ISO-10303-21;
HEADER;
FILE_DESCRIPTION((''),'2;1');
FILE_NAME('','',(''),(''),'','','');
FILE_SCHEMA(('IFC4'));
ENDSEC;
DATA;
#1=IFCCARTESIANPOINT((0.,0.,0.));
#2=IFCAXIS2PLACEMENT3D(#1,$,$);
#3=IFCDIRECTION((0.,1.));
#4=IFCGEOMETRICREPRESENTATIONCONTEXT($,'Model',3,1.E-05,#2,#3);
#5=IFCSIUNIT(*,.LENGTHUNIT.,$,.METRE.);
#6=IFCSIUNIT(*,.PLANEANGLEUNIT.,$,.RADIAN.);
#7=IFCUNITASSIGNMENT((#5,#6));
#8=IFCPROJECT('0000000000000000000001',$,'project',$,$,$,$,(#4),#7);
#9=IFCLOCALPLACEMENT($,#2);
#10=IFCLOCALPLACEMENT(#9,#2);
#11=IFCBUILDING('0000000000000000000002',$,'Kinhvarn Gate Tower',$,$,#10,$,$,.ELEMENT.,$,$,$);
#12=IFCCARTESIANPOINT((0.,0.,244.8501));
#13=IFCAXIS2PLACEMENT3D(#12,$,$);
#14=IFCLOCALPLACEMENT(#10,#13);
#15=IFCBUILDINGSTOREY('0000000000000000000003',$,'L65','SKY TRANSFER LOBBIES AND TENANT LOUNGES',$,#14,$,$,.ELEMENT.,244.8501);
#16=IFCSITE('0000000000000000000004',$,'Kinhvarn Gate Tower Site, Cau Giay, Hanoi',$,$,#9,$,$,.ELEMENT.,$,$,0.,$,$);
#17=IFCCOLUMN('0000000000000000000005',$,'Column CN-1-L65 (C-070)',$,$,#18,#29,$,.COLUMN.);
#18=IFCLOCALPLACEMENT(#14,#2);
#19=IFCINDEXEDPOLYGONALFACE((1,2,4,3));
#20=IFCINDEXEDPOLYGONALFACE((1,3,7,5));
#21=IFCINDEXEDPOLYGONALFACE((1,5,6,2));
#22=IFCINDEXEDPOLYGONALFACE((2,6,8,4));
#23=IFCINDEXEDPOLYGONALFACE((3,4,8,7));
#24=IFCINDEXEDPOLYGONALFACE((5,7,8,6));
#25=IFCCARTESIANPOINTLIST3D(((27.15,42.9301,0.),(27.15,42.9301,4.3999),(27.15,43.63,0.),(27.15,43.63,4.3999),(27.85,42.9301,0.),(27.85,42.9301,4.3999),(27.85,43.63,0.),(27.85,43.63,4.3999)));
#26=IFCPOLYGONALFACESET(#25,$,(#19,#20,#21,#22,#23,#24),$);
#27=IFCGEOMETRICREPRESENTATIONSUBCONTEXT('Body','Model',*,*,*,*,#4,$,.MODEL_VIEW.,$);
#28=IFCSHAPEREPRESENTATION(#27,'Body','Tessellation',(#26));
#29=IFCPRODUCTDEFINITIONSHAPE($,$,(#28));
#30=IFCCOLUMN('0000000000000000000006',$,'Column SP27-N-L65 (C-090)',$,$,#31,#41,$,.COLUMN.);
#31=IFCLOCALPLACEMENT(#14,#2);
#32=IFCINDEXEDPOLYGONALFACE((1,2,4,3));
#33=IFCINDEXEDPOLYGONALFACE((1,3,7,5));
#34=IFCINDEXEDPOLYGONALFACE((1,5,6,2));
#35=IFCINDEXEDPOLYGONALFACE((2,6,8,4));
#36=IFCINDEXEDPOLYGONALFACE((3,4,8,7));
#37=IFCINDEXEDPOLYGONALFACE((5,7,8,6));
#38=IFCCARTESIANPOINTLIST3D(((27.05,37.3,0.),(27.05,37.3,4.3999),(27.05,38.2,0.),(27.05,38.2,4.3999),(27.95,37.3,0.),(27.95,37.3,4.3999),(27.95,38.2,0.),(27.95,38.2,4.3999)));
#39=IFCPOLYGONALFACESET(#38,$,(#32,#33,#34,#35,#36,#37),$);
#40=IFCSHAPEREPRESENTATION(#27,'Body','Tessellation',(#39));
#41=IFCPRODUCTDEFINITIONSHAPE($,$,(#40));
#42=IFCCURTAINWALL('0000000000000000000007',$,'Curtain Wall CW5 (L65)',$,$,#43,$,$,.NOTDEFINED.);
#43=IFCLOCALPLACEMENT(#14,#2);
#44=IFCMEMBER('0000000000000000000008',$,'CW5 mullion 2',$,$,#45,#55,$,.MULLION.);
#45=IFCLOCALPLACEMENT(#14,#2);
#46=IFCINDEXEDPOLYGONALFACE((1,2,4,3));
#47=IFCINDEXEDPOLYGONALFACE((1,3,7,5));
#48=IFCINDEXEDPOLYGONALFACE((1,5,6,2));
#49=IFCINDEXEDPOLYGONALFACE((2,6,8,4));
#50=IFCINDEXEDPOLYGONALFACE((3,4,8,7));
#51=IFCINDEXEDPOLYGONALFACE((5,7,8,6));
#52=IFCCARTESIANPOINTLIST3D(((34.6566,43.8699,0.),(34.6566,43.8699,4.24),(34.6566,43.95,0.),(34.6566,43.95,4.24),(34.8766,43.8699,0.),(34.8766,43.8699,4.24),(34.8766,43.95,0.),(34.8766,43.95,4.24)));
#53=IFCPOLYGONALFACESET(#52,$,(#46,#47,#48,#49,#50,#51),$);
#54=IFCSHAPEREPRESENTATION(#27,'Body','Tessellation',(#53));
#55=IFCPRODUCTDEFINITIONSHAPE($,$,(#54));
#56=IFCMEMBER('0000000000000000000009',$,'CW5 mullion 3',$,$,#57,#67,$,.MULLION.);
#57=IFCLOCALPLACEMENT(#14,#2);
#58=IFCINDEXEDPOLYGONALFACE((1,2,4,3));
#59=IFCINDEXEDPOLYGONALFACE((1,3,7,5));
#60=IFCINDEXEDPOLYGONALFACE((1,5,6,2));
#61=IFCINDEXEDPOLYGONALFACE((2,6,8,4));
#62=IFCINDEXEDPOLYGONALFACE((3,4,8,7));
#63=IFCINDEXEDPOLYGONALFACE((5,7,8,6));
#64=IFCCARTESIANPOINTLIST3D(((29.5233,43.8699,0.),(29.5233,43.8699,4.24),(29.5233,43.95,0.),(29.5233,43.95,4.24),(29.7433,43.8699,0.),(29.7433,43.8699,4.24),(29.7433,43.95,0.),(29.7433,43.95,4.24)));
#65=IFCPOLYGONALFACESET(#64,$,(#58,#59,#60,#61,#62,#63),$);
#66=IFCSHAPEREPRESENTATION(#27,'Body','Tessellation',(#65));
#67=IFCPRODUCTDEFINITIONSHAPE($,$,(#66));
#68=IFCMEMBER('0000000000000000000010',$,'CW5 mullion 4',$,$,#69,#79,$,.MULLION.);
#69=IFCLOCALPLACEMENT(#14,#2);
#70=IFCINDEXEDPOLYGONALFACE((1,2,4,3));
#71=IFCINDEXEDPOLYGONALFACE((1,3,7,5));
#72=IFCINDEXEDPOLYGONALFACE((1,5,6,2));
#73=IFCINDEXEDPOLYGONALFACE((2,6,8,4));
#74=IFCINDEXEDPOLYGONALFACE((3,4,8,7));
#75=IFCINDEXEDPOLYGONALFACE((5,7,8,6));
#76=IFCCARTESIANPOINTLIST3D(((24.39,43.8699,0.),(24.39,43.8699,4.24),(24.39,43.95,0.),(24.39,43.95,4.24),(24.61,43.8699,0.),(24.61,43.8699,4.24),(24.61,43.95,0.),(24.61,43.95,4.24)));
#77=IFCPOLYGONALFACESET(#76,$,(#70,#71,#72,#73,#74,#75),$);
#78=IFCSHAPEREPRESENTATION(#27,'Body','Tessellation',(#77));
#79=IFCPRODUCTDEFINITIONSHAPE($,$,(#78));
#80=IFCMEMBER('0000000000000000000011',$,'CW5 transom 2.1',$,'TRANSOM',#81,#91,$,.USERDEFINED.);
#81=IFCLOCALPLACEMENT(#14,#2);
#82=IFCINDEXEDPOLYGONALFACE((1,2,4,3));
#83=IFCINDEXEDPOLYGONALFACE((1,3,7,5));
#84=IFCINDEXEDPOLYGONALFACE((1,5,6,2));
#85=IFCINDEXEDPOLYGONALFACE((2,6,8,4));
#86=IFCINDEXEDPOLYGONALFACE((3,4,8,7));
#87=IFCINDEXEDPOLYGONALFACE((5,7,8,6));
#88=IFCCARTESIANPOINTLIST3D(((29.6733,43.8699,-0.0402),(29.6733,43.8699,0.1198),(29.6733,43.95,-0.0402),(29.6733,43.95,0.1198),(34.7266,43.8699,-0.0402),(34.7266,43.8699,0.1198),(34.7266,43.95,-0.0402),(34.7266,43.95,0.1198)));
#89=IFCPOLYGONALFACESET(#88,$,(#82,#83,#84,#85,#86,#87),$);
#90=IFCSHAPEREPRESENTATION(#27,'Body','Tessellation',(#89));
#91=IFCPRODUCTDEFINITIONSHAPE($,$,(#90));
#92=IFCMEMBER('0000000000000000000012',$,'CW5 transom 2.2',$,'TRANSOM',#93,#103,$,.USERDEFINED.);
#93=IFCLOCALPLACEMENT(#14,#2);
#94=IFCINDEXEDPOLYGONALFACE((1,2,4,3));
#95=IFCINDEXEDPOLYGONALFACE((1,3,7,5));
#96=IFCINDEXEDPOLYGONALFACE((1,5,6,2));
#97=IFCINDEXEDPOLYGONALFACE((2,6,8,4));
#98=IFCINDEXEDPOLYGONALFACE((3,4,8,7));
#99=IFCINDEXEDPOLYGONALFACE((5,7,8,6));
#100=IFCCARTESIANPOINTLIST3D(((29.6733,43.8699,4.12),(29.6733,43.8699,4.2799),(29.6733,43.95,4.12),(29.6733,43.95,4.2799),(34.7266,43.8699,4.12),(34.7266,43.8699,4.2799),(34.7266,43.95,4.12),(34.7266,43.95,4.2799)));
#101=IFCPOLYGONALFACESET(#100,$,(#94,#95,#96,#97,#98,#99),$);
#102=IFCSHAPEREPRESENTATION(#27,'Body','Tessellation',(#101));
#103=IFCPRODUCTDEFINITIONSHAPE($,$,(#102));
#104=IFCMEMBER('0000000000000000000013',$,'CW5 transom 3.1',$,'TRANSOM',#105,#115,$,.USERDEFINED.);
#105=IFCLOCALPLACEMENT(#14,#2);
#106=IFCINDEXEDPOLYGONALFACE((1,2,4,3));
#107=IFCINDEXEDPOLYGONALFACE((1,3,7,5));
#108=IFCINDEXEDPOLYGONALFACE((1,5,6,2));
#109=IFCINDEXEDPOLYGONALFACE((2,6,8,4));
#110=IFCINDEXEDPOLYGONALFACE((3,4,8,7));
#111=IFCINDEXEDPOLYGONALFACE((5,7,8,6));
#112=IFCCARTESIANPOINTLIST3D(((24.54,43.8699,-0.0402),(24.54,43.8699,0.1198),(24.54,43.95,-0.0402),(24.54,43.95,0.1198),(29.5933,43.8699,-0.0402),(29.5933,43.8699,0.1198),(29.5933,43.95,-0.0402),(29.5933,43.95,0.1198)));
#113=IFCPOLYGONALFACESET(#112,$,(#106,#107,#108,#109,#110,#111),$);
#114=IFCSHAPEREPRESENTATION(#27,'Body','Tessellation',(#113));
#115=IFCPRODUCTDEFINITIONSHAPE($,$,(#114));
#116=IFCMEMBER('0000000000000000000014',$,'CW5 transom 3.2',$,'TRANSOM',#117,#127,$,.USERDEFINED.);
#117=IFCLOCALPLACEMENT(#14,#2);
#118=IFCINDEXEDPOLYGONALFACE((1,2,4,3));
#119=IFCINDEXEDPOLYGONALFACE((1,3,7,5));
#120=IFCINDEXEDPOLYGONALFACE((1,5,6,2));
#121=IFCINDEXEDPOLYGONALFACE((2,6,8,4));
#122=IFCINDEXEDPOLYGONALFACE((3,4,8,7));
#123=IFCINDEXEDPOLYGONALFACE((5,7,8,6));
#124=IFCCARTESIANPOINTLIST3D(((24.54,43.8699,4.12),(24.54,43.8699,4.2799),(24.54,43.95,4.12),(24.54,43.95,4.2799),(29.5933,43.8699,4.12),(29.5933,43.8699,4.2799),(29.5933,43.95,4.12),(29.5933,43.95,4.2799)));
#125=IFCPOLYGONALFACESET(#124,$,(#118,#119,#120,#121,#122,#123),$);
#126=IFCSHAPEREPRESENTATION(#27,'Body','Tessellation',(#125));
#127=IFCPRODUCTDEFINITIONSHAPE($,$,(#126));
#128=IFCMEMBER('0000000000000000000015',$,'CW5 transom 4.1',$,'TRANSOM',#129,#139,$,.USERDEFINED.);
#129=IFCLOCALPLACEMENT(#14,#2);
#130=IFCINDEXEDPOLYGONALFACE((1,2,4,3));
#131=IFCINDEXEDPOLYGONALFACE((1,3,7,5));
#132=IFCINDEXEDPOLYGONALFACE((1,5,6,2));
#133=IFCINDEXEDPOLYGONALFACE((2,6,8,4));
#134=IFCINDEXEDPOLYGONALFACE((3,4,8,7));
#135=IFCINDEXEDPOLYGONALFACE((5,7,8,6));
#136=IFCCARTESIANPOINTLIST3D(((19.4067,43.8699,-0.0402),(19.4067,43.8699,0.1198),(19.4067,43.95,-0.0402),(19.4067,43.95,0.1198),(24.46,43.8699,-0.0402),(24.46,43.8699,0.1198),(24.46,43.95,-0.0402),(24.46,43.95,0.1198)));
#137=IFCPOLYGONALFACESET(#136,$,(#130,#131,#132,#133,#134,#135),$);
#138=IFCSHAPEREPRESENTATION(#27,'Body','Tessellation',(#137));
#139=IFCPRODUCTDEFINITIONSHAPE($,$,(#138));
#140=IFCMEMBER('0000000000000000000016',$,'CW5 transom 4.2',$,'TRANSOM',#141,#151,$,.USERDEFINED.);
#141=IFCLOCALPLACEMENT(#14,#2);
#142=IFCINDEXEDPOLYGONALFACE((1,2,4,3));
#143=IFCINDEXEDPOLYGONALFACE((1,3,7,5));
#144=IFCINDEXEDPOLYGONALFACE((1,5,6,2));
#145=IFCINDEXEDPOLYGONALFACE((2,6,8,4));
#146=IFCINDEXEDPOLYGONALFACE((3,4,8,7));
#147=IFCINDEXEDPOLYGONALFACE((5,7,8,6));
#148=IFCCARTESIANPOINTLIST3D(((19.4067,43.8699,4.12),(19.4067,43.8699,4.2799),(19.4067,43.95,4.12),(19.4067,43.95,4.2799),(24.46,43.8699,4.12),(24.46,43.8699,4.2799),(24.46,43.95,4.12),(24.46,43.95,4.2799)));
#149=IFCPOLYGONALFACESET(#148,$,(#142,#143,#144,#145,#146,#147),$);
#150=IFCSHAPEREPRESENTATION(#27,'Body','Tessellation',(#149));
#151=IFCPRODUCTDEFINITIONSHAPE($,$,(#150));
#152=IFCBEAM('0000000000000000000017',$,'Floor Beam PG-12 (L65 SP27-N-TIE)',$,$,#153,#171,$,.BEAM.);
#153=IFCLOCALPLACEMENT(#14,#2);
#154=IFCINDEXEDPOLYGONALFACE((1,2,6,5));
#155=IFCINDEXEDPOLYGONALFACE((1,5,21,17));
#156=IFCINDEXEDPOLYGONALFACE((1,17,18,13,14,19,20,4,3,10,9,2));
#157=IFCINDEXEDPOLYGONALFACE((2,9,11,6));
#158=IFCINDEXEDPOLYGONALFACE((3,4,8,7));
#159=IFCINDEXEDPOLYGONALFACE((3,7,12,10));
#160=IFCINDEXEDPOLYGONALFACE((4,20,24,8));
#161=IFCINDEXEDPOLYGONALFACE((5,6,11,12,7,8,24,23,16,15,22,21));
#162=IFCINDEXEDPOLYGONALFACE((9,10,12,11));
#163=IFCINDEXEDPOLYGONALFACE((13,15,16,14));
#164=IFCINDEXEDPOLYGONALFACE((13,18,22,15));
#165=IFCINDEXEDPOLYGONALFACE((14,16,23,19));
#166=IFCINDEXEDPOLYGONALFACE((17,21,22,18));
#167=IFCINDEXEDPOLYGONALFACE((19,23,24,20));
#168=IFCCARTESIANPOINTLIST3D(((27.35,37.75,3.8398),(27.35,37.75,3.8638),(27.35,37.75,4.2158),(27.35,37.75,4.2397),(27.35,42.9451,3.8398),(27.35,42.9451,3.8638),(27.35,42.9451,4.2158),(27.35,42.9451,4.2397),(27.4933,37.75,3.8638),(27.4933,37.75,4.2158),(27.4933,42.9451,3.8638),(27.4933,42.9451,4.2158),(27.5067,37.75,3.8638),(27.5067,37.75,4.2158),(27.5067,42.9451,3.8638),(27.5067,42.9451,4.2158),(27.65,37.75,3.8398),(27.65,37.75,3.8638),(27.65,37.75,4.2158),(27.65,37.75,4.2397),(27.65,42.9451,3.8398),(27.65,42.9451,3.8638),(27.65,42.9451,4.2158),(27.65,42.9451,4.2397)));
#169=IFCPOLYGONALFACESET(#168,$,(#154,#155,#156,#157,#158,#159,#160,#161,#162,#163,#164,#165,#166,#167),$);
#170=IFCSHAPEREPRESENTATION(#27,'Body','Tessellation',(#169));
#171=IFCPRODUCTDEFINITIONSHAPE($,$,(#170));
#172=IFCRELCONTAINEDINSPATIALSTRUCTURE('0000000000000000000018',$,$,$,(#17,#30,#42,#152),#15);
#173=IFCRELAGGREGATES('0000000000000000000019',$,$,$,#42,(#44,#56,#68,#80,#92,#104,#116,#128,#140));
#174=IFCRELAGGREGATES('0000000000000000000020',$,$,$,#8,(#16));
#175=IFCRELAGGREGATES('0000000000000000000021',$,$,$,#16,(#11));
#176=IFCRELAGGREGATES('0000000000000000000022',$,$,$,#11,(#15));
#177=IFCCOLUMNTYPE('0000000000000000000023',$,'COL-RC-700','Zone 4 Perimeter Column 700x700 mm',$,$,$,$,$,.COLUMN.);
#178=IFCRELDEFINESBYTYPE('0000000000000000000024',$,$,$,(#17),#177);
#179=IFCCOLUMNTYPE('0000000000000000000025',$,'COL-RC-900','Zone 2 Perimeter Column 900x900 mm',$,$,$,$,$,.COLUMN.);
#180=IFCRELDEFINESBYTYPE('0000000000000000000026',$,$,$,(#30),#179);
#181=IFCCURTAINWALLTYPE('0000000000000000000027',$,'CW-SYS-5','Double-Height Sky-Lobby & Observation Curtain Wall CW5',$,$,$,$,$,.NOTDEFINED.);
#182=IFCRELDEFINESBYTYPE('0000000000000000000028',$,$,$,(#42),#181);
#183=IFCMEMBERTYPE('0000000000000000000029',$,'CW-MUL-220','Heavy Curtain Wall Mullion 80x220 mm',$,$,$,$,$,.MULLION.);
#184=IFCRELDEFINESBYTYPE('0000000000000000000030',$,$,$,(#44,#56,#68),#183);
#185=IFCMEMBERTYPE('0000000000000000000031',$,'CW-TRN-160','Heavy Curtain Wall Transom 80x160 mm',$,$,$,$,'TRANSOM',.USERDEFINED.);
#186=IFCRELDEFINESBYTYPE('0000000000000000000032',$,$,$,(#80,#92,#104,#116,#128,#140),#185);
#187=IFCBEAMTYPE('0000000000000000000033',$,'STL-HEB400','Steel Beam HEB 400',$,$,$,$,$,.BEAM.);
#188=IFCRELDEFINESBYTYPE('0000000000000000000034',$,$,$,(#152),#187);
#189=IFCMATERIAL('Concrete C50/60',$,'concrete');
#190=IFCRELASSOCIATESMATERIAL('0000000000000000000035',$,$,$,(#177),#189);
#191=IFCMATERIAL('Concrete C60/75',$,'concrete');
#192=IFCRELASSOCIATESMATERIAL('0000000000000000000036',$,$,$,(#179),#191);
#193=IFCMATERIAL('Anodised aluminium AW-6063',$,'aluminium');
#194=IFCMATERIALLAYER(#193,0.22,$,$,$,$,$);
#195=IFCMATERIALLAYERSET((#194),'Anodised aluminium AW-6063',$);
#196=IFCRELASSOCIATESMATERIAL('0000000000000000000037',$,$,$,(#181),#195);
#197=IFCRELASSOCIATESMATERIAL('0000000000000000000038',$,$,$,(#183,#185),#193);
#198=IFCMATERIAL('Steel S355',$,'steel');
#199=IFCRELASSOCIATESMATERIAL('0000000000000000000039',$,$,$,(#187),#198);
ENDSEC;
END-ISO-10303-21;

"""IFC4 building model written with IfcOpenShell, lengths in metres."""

from ifc_helpers import new_model, si_unit, direction, frame, origin, origin_2d, place, context, subcontext, project, spatial, rectangle, i_section, extrude, material, layer, layer_set, material_profile, profile_set, type_object, element, aggregate, save


model = new_model("IFC4")

# Units and contexts
model_context = context("Model", 3, precision=1e-05, world=origin(), true_north=direction((0.0, 1.0)))
body_context = subcontext(model_context, "Body", "Model", "MODEL_VIEW")
ifc_project = project(units=[si_unit("LENGTHUNIT", "METRE"), si_unit("PLANEANGLEUNIT", "RADIAN")], contexts=[model_context])

# Site, building, storey
site_placement = place(None, origin())
site = spatial("IfcSite", under=ifc_project, at=site_placement, Name="Kinhvarn Gate Tower Site, Cau Giay, Hanoi", CompositionType="ELEMENT", RefElevation=0.0)
building_placement = place(site_placement, origin())
building = spatial("IfcBuilding", under=site, at=building_placement, Name="Kinhvarn Gate Tower", CompositionType="ELEMENT")
storey_placement = place(building_placement, frame((0.0, 0.0, 244.8501)))
storey = spatial("IfcBuildingStorey", under=building, at=storey_placement, Name="L65", Description="SKY TRANSFER LOBBIES AND TENANT LOUNGES", CompositionType="ELEMENT", Elevation=244.8501)

# Columns
ifc_material_1 = material(Name="Concrete C50/60", Category="concrete")
ifc_material_profile_1 = material_profile(ifc_material_1, rectangle(XDim=0.7, YDim=0.7, at=origin_2d()), Name="RC 700x700")
ifc_profile_set_1 = profile_set([ifc_material_profile_1], Name="Concrete C50/60")
column_type_1 = type_object("IfcColumnType", Name="COL-RC-700", Description="Zone 4 Perimeter Column 700x700 mm", PredefinedType="COLUMN", material=ifc_profile_set_1)
column_1_placement = place(storey_placement, frame((27.5, 43.28, 0.0), z_axis=(0.0, 0.0, 1.0), x_axis=(1.0, 0.0, 0.0)))
element("IfcColumn", 1, at=column_1_placement, inside=storey, type_object=column_type_1, Name="Column CN-1-L65 (C-070)", PredefinedType="COLUMN", context=body_context, shape_type="SweptSolid", body=[
    extrude(rectangle(XDim=0.7, YDim=0.7, at=origin_2d()), origin(), (0.0, 0.0, 1.0), 4.3999),
])
ifc_material_2 = material(Name="Concrete C60/75", Category="concrete")
ifc_material_profile_2 = material_profile(ifc_material_2, rectangle(XDim=0.8999, YDim=0.8999, at=origin_2d()), Name="RC 900x900")
ifc_profile_set_2 = profile_set([ifc_material_profile_2], Name="Concrete C60/75")
column_type_2 = type_object("IfcColumnType", Name="COL-RC-900", Description="Zone 2 Perimeter Column 900x900 mm", PredefinedType="COLUMN", material=ifc_profile_set_2)
column_2_placement = place(storey_placement, frame((27.5, 37.75, 0.0), z_axis=(0.0, 0.0, 1.0), x_axis=(1.0, 0.0, 0.0)))
element("IfcColumn", 2, at=column_2_placement, inside=storey, type_object=column_type_2, Name="Column SP27-N-L65 (C-090)", PredefinedType="COLUMN", context=body_context, shape_type="SweptSolid", body=[
    extrude(rectangle(XDim=0.8999, YDim=0.8999, at=origin_2d()), origin(), (0.0, 0.0, 1.0), 4.3999),
])

# Curtain wall, members
ifc_material_3 = material(Name="Anodised aluminium AW-6063", Category="aluminium")
ifc_layer_1 = layer(ifc_material_3, 0.22)
ifc_layer_set_1 = layer_set([ifc_layer_1], Name="Anodised aluminium AW-6063")
curtain_wall_type = type_object("IfcCurtainWallType", Name="CW-SYS-5", Description="Double-Height Sky-Lobby & Observation Curtain Wall CW5", PredefinedType="NOTDEFINED", material=ifc_layer_set_1)
curtain_wall_placement = place(storey_placement, origin())
curtain_wall = element("IfcCurtainWall", 3, at=curtain_wall_placement, inside=storey, type_object=curtain_wall_type, Name="Curtain Wall CW5 (L65)", PredefinedType="NOTDEFINED")
ifc_material_profile_3 = material_profile(ifc_material_3, rectangle(XDim=0.0801, YDim=0.22, at=origin_2d()), Name="ALU 80x220")
ifc_profile_set_3 = profile_set([ifc_material_profile_3], Name="Anodised aluminium AW-6063")
member_type_1 = type_object("IfcMemberType", Name="CW-MUL-220", Description="Heavy Curtain Wall Mullion 80x220 mm", PredefinedType="MULLION", material=ifc_profile_set_3)
member_1_placement = place(storey_placement, frame((34.7666, 43.9099, 0.0), z_axis=(0.0, 0.0, 1.0), x_axis=(0.0, -1.0, 0.0)))
member_1 = element("IfcMember", 4, at=member_1_placement, type_object=member_type_1, Name="CW5 mullion 2", PredefinedType="MULLION", context=body_context, shape_type="SweptSolid", body=[
    extrude(rectangle(XDim=0.0801, YDim=0.22, at=origin_2d()), origin(), (0.0, 0.0, 1.0), 4.24),
])
member_2_placement = place(storey_placement, frame((29.6333, 43.9099, 0.0), z_axis=(0.0, 0.0, 1.0), x_axis=(0.0, -1.0, 0.0)))
member_2 = element("IfcMember", 5, at=member_2_placement, type_object=member_type_1, Name="CW5 mullion 3", PredefinedType="MULLION", context=body_context, shape_type="SweptSolid", body=[
    extrude(rectangle(XDim=0.0801, YDim=0.22, at=origin_2d()), origin(), (0.0, 0.0, 1.0), 4.24),
])
member_3_placement = place(storey_placement, frame((24.5, 43.9099, 0.0), z_axis=(0.0, 0.0, 1.0), x_axis=(0.0, -1.0, 0.0)))
member_3 = element("IfcMember", 6, at=member_3_placement, type_object=member_type_1, Name="CW5 mullion 4", PredefinedType="MULLION", context=body_context, shape_type="SweptSolid", body=[
    extrude(rectangle(XDim=0.0801, YDim=0.22, at=origin_2d()), origin(), (0.0, 0.0, 1.0), 4.24),
])
ifc_material_profile_4 = material_profile(ifc_material_3, rectangle(XDim=0.0801, YDim=0.1599, at=origin_2d()), Name="ALU 80x160")
ifc_profile_set_4 = profile_set([ifc_material_profile_4], Name="Anodised aluminium AW-6063")
member_type_2 = type_object("IfcMemberType", Name="CW-TRN-160", Description="Heavy Curtain Wall Transom 80x160 mm", ElementType="TRANSOM", PredefinedType="USERDEFINED", material=ifc_profile_set_4)
member_4_placement = place(storey_placement, frame((34.7266, 43.9099, 0.0398), z_axis=(-1.0, 0.0, 0.0), x_axis=(0.0, -1.0, 0.0)))
member_4 = element("IfcMember", 7, at=member_4_placement, type_object=member_type_2, Name="CW5 transom 2.1", ObjectType="TRANSOM", PredefinedType="USERDEFINED", context=body_context, shape_type="SweptSolid", body=[
    extrude(rectangle(XDim=0.0801, YDim=0.1599, at=origin_2d()), origin(), (0.0, 0.0, 1.0), 5.0532),
])
member_5_placement = place(storey_placement, frame((34.7266, 43.9099, 4.2), z_axis=(-1.0, 0.0, 0.0), x_axis=(0.0, -1.0, 0.0)))
member_5 = element("IfcMember", 8, at=member_5_placement, type_object=member_type_2, Name="CW5 transom 2.2", ObjectType="TRANSOM", PredefinedType="USERDEFINED", context=body_context, shape_type="SweptSolid", body=[
    extrude(rectangle(XDim=0.0801, YDim=0.1599, at=origin_2d()), origin(), (0.0, 0.0, 1.0), 5.0532),
])
member_6_placement = place(storey_placement, frame((29.5933, 43.9099, 0.0398), z_axis=(-1.0, 0.0, 0.0), x_axis=(0.0, -1.0, 0.0)))
member_6 = element("IfcMember", 9, at=member_6_placement, type_object=member_type_2, Name="CW5 transom 3.1", ObjectType="TRANSOM", PredefinedType="USERDEFINED", context=body_context, shape_type="SweptSolid", body=[
    extrude(rectangle(XDim=0.0801, YDim=0.1599, at=origin_2d()), origin(), (0.0, 0.0, 1.0), 5.0532),
])
member_7_placement = place(storey_placement, frame((29.5933, 43.9099, 4.2), z_axis=(-1.0, 0.0, 0.0), x_axis=(0.0, -1.0, 0.0)))
member_7 = element("IfcMember", 10, at=member_7_placement, type_object=member_type_2, Name="CW5 transom 3.2", ObjectType="TRANSOM", PredefinedType="USERDEFINED", context=body_context, shape_type="SweptSolid", body=[
    extrude(rectangle(XDim=0.0801, YDim=0.1599, at=origin_2d()), origin(), (0.0, 0.0, 1.0), 5.0532),
])
member_8_placement = place(storey_placement, frame((24.46, 43.9099, 0.0398), z_axis=(-1.0, 0.0, 0.0), x_axis=(0.0, -1.0, 0.0)))
member_8 = element("IfcMember", 11, at=member_8_placement, type_object=member_type_2, Name="CW5 transom 4.1", ObjectType="TRANSOM", PredefinedType="USERDEFINED", context=body_context, shape_type="SweptSolid", body=[
    extrude(rectangle(XDim=0.0801, YDim=0.1599, at=origin_2d()), origin(), (0.0, 0.0, 1.0), 5.0532),
])
member_9_placement = place(storey_placement, frame((24.46, 43.9099, 4.2), z_axis=(-1.0, 0.0, 0.0), x_axis=(0.0, -1.0, 0.0)))
member_9 = element("IfcMember", 12, at=member_9_placement, type_object=member_type_2, Name="CW5 transom 4.2", ObjectType="TRANSOM", PredefinedType="USERDEFINED", context=body_context, shape_type="SweptSolid", body=[
    extrude(rectangle(XDim=0.0801, YDim=0.1599, at=origin_2d()), origin(), (0.0, 0.0, 1.0), 5.0532),
])

# Beam
ifc_material_4 = material(Name="Steel S355", Category="steel")
ifc_material_profile_5 = material_profile(ifc_material_4, i_section(OverallWidth=0.3, OverallDepth=0.3999, WebThickness=0.0134, FlangeThickness=0.0239, at=origin_2d()), Name="HEB 400")
ifc_profile_set_5 = profile_set([ifc_material_profile_5], Name="Steel S355")
beam_type_1 = type_object("IfcBeamType", Name="STL-HEB400", Description="Steel Beam HEB 400", PredefinedType="BEAM", material=ifc_profile_set_5)
beam_1_placement = place(storey_placement, frame((27.5, 37.75, 4.0398), z_axis=(0.0, 1.0, 0.0), x_axis=(-1.0, 0.0, 0.0)))
element("IfcBeam", 13, at=beam_1_placement, inside=storey, type_object=beam_type_1, Name="Floor Beam PG-12 (L65 SP27-N-TIE)", PredefinedType="BEAM", context=body_context, shape_type="SweptSolid", body=[
    extrude(i_section(OverallWidth=0.3, OverallDepth=0.3999, WebThickness=0.0134, FlangeThickness=0.0239, at=origin_2d()), origin(), (0.0, 0.0, 1.0), 5.1951),
])

aggregate(curtain_wall, [member_1, member_2, member_3, member_4, member_5, member_6, member_7, member_8, member_9])

save(model, "model.ifc")
